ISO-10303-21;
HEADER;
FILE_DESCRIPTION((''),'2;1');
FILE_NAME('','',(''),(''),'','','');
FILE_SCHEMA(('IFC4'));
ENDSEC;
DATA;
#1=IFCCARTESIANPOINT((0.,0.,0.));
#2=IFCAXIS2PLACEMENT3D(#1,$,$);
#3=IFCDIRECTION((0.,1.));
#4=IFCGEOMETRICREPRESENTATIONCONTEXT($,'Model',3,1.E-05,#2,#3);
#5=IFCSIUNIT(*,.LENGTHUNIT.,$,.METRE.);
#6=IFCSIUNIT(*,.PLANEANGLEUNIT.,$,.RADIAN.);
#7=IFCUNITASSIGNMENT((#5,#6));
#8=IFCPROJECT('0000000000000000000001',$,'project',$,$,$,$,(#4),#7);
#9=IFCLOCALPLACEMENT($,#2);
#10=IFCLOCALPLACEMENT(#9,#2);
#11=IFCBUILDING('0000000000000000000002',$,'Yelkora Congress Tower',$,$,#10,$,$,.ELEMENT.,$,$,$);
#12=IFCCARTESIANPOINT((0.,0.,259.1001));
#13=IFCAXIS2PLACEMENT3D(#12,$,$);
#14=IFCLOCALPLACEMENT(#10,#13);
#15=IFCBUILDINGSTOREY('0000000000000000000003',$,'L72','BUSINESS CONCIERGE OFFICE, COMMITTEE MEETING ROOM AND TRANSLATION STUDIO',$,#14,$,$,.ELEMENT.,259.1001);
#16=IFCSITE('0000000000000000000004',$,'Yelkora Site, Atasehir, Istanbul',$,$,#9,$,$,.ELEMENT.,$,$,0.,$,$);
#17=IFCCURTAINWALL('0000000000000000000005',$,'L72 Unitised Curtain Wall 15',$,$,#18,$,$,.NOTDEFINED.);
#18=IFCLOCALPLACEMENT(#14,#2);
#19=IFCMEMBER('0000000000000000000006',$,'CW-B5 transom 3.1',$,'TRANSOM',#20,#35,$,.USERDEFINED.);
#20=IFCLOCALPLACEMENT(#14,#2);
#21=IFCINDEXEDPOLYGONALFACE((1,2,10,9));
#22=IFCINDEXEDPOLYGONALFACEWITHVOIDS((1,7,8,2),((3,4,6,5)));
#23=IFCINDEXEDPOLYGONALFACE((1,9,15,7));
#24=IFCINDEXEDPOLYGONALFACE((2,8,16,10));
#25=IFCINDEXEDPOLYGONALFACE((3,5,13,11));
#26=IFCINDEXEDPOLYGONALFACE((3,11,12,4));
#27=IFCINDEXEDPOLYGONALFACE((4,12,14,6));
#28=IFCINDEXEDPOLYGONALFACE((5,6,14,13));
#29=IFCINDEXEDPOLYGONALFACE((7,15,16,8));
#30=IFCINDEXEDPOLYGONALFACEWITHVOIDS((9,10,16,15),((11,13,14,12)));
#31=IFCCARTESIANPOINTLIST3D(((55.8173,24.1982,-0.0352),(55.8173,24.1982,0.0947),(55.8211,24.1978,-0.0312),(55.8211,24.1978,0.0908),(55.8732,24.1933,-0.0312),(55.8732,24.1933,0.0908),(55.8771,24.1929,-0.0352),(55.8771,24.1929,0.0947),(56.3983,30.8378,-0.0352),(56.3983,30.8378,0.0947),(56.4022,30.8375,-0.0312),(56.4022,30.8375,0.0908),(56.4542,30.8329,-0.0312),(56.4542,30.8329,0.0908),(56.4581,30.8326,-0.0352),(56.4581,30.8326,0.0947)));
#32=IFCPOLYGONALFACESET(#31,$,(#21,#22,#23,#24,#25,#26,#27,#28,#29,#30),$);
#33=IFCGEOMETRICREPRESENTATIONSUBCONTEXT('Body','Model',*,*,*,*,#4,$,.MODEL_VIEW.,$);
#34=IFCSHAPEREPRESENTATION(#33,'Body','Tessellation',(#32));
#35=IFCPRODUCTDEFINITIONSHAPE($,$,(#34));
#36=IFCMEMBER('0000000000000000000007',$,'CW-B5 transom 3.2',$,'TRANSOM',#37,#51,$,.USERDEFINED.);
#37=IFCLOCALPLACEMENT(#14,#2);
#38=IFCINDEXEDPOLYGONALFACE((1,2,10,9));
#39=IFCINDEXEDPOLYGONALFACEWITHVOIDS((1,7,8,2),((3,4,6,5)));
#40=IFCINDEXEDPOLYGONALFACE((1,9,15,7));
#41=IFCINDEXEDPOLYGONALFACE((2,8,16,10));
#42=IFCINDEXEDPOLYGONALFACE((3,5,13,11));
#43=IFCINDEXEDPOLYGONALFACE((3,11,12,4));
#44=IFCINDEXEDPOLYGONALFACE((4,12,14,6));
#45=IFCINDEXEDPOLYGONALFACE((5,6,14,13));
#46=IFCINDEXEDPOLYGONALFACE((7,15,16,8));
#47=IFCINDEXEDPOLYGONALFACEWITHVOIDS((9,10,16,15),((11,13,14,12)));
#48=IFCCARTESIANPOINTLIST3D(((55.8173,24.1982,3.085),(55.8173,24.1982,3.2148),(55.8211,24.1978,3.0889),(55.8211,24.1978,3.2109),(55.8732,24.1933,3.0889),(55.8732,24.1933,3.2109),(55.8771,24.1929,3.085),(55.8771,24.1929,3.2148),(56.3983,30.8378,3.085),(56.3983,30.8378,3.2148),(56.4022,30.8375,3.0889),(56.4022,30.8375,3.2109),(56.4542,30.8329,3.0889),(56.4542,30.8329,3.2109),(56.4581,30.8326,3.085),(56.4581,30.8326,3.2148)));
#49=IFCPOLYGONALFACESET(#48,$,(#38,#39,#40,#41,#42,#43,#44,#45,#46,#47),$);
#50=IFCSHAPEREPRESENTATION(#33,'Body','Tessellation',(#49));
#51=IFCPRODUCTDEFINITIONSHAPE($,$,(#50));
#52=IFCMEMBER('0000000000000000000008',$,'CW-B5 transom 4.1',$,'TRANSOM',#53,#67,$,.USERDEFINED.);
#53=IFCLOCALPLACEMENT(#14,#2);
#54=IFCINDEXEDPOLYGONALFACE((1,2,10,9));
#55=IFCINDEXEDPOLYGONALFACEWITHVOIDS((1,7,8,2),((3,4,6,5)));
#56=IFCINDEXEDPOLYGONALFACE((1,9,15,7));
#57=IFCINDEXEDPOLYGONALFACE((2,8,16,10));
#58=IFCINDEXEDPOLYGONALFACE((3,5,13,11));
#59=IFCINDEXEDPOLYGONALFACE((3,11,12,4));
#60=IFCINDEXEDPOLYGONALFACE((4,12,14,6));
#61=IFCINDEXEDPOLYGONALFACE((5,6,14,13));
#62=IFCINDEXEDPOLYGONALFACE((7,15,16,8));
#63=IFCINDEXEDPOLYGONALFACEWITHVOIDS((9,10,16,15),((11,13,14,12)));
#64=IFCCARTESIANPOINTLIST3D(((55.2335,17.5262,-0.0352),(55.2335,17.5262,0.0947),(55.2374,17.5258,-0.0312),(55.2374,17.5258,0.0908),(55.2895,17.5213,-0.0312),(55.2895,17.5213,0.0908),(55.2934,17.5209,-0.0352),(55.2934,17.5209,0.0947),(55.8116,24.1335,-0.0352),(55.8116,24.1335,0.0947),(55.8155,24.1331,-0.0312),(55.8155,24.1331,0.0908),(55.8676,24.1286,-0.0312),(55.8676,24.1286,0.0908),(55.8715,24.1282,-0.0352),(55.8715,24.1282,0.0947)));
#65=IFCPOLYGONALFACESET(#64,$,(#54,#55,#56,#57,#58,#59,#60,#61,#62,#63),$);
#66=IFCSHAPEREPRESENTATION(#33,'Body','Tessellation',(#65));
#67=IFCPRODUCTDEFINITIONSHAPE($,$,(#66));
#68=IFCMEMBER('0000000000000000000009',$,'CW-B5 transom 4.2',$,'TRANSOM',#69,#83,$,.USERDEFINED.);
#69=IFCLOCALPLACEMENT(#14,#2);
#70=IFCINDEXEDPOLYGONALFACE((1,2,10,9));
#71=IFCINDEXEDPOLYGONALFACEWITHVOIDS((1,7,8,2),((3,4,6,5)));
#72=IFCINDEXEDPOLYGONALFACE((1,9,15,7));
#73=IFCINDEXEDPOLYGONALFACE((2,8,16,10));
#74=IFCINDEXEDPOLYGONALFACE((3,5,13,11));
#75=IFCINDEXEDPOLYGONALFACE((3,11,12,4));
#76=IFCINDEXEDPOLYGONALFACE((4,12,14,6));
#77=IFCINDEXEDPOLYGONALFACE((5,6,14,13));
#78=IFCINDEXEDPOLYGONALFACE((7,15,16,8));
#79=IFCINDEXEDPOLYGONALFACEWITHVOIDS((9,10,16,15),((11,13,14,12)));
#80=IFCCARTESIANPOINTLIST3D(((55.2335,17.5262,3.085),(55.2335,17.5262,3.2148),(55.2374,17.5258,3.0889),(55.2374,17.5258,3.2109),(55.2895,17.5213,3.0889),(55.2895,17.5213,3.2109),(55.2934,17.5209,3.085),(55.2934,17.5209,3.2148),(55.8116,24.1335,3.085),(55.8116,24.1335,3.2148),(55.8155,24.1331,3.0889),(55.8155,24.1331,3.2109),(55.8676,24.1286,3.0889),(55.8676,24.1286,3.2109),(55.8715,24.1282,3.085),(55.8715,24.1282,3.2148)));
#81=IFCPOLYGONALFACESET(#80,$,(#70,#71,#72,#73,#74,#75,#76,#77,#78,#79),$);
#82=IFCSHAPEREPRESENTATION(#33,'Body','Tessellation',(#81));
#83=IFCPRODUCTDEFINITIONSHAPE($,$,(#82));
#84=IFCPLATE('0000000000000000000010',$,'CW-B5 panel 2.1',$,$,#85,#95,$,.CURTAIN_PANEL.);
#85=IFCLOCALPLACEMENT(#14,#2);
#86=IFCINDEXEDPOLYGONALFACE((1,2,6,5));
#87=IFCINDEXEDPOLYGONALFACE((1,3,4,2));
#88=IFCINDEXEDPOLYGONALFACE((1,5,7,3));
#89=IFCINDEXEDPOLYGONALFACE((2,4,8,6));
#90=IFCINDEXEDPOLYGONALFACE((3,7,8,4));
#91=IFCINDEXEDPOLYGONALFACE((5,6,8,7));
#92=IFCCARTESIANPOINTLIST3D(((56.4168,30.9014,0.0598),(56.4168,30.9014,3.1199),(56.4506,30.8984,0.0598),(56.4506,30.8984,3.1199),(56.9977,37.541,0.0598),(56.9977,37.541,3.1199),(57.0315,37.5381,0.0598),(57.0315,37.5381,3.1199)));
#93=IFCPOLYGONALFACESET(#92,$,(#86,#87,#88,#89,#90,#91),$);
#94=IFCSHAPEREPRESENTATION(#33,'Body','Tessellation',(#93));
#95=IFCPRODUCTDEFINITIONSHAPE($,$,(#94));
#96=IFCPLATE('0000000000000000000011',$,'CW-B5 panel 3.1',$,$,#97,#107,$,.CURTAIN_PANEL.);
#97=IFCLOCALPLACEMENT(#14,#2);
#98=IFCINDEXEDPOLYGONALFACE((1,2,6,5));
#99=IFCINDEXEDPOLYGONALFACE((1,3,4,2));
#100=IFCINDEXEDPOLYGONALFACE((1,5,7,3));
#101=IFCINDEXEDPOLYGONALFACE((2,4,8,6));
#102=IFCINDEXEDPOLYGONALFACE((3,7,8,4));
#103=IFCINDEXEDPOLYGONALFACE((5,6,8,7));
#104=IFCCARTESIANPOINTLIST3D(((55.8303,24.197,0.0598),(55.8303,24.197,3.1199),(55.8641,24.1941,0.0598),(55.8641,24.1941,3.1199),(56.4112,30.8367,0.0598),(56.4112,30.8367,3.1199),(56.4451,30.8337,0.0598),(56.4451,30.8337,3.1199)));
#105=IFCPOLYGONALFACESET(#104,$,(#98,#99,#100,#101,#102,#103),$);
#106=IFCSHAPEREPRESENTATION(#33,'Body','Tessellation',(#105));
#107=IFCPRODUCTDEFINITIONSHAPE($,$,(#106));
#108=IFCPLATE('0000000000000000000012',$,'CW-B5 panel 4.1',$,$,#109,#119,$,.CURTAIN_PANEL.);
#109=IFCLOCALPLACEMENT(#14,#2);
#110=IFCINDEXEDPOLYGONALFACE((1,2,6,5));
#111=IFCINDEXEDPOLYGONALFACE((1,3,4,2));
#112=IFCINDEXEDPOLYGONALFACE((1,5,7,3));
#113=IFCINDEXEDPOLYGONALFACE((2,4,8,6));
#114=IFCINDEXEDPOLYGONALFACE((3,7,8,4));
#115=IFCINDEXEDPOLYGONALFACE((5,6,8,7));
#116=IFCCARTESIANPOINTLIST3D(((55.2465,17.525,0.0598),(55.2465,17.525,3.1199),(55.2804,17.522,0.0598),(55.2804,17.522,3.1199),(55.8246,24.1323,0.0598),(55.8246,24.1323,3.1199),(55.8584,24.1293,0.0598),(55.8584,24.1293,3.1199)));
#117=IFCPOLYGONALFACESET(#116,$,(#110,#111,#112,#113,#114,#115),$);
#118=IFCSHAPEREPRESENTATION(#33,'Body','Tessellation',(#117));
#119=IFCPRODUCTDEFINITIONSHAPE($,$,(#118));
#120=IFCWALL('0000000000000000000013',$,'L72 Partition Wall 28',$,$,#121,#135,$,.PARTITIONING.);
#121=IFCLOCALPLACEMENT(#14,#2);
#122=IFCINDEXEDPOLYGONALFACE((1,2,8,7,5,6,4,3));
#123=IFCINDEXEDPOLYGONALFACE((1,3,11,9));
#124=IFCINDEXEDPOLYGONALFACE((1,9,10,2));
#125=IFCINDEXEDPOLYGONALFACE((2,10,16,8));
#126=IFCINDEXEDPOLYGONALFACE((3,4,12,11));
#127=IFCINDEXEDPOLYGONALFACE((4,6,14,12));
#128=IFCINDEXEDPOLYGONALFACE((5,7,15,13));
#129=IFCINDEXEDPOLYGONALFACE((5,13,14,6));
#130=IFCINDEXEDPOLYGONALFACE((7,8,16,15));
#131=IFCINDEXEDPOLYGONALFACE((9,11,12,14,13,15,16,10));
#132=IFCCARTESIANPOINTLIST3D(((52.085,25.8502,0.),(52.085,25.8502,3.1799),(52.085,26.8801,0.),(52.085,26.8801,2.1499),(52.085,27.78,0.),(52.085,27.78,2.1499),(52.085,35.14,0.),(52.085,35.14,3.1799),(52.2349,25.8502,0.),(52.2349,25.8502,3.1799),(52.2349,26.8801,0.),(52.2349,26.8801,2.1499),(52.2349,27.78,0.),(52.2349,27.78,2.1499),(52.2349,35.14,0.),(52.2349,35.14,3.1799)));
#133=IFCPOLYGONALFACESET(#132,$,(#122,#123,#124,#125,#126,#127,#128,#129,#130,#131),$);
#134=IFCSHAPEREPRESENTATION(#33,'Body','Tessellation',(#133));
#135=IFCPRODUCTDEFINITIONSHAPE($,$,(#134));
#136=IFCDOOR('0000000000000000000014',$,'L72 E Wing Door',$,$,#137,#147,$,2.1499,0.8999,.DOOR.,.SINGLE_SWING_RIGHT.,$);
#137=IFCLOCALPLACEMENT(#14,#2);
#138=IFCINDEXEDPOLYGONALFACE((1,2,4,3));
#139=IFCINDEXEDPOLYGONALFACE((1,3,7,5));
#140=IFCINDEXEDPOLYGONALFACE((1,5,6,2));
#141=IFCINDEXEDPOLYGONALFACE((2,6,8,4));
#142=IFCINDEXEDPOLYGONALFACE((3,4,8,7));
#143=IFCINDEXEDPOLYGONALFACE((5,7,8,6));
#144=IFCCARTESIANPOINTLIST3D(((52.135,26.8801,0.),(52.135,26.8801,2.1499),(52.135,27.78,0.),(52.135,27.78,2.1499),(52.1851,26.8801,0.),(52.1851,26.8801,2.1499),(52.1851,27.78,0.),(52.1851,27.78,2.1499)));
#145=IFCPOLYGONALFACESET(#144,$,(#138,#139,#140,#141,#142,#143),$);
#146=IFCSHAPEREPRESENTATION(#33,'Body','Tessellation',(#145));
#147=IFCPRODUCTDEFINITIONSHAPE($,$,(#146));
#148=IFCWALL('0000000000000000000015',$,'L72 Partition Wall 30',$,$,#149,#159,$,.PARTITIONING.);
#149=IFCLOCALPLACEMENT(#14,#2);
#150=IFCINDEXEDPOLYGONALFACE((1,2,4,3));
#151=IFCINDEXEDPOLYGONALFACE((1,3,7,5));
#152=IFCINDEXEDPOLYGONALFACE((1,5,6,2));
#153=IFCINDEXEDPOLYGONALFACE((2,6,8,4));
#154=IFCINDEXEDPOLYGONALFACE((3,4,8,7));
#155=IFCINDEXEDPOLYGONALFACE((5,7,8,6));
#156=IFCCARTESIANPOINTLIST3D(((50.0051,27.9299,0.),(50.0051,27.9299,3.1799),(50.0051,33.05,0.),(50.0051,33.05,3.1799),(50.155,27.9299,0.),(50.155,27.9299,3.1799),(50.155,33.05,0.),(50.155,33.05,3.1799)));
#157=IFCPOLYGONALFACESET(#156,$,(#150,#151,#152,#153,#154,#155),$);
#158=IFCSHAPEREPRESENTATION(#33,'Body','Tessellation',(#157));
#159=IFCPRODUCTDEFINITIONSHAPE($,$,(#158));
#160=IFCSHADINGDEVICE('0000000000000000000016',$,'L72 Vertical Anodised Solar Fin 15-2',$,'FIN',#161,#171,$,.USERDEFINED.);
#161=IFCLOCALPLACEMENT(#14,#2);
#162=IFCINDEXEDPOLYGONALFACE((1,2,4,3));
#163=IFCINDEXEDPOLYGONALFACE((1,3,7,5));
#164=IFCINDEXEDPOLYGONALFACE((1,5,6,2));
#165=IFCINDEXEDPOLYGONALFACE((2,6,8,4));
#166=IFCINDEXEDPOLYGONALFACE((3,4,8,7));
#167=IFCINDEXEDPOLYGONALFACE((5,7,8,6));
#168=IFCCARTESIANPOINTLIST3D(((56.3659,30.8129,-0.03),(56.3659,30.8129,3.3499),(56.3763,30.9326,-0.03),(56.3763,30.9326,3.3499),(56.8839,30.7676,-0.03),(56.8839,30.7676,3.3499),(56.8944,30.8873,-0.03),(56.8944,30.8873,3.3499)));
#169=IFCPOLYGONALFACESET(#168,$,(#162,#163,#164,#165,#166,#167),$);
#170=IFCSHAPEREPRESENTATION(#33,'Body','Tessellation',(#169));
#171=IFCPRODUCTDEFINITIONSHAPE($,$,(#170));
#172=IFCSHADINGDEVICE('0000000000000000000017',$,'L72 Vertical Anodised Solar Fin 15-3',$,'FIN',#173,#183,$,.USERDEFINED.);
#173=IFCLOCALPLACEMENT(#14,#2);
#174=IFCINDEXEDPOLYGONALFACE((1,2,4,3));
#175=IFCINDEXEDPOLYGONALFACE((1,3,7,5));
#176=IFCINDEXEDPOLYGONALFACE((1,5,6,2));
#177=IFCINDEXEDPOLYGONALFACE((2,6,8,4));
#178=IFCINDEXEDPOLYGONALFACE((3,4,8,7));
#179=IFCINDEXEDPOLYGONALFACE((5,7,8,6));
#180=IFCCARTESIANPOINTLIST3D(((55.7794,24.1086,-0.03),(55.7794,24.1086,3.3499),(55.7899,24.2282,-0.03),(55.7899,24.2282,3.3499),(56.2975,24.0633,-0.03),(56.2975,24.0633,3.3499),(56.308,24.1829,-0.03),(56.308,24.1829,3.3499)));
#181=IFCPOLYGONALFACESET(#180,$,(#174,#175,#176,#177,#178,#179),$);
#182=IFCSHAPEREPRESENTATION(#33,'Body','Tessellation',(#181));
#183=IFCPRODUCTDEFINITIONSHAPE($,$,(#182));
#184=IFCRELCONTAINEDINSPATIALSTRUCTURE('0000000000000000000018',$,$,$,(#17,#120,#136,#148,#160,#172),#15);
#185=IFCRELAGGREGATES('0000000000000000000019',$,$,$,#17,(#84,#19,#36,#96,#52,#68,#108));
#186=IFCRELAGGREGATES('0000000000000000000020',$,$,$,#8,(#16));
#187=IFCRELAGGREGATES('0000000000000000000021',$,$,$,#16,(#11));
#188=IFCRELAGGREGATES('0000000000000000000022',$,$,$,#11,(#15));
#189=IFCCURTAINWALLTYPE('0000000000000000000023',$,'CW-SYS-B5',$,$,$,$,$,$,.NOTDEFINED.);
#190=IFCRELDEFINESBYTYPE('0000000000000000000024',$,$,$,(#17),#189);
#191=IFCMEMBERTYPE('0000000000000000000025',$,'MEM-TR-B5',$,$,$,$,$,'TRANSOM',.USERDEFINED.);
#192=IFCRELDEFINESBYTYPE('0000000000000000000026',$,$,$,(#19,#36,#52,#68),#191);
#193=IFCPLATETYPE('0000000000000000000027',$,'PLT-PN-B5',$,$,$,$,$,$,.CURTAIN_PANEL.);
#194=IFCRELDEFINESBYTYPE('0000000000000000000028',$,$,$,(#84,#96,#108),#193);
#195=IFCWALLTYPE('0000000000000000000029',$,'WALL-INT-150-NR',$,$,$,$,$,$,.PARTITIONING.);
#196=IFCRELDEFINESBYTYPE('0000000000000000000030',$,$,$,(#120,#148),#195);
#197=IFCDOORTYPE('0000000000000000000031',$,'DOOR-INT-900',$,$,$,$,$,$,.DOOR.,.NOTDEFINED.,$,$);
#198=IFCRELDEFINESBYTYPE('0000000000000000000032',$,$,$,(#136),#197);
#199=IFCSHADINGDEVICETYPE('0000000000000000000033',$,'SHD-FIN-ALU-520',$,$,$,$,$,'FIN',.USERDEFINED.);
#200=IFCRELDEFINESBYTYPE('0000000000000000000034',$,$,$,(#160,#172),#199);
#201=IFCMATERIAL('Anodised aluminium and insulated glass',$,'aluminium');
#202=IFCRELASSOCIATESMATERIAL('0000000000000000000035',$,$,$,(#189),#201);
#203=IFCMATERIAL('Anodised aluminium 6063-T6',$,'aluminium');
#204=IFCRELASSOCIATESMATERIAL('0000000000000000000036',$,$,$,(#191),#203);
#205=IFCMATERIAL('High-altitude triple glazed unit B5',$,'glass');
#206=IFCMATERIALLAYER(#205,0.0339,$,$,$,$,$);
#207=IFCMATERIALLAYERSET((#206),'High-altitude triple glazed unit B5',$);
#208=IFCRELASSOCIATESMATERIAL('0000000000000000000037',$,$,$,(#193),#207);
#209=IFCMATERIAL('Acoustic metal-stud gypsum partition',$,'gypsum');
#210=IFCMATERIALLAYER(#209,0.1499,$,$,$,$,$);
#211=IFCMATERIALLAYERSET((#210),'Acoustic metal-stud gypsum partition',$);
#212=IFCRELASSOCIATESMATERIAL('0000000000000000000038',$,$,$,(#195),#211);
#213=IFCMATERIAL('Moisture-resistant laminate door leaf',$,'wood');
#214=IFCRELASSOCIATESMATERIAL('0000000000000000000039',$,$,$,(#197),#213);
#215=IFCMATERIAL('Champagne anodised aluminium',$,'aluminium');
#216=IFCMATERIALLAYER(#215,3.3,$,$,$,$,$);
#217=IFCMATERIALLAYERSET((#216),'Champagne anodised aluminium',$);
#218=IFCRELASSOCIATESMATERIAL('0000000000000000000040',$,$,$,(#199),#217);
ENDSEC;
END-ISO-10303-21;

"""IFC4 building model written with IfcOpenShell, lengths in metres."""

from ifc_helpers import new_model, si_unit, direction, frame, frame_2d, origin, origin_2d, place, context, subcontext, project, spatial, rectangle, hollow_rectangle, extrude, material, layer, layer_set, material_profile, profile_set, type_object, element, fill, aggregate, save


model = new_model("IFC4")

# Units and contexts
model_context = context("Model", 3, precision=1e-05, world=origin(), true_north=direction((0.0, 1.0)))
body_context = subcontext(model_context, "Body", "Model", "MODEL_VIEW")
ifc_project = project(units=[si_unit("LENGTHUNIT", "METRE"), si_unit("PLANEANGLEUNIT", "RADIAN")], contexts=[model_context])

# Site, building, storey
site_placement = place(None, origin())
site = spatial("IfcSite", under=ifc_project, at=site_placement, Name="Yelkora Site, Atasehir, Istanbul", CompositionType="ELEMENT", RefElevation=0.0)
building_placement = place(site_placement, origin())
building = spatial("IfcBuilding", under=site, at=building_placement, Name="Yelkora Congress Tower", CompositionType="ELEMENT")
storey_placement = place(building_placement, frame((0.0, 0.0, 259.1001)))
storey = spatial("IfcBuildingStorey", under=building, at=storey_placement, Name="L72", Description="BUSINESS CONCIERGE OFFICE, COMMITTEE MEETING ROOM AND TRANSLATION STUDIO", CompositionType="ELEMENT", Elevation=259.1001)

# Curtain wall, members, plates
ifc_material_1 = material(Name="Anodised aluminium and insulated glass", Category="aluminium")
curtain_wall_type = type_object("IfcCurtainWallType", Name="CW-SYS-B5", PredefinedType="NOTDEFINED", material=ifc_material_1)
curtain_wall_placement = place(storey_placement, origin())
curtain_wall = element("IfcCurtainWall", 1, at=curtain_wall_placement, inside=storey, type_object=curtain_wall_type, Name="L72 Unitised Curtain Wall 15", PredefinedType="NOTDEFINED")
ifc_material_2 = material(Name="Anodised aluminium 6063-T6", Category="aluminium")
ifc_material_profile_1 = material_profile(ifc_material_2, hollow_rectangle(XDim=0.0601, YDim=0.1299, WallThickness=0.0039, at=origin_2d()), Name="ALU 60x130x4")
ifc_profile_set_1 = profile_set([ifc_material_profile_1], Name="Anodised aluminium 6063-T6")
member_type_1 = type_object("IfcMemberType", Name="MEM-TR-B5", ElementType="TRANSOM", PredefinedType="USERDEFINED", material=ifc_profile_set_1)
member_1_placement = place(storey_placement, frame((56.4282, 30.8352, 0.0298), z_axis=(-0.08718, -0.996193, 0.0), x_axis=(0.996193, -0.08718, 0.0)))
member_1 = element("IfcMember", 2, at=member_1_placement, type_object=member_type_1, Name="CW-B5 transom 3.1", ObjectType="TRANSOM", PredefinedType="USERDEFINED", context=body_context, shape_type="SweptSolid", body=[
    extrude(hollow_rectangle(XDim=0.0601, YDim=0.1299, WallThickness=0.0039, at=origin_2d()), origin(), (0.0, 0.0, 1.0), 6.665),
])
member_2_placement = place(storey_placement, frame((56.4282, 30.8352, 3.1499), z_axis=(-0.08718, -0.996193, 0.0), x_axis=(0.996193, -0.08718, 0.0)))
member_2 = element("IfcMember", 3, at=member_2_placement, type_object=member_type_1, Name="CW-B5 transom 3.2", ObjectType="TRANSOM", PredefinedType="USERDEFINED", context=body_context, shape_type="SweptSolid", body=[
    extrude(hollow_rectangle(XDim=0.0601, YDim=0.1299, WallThickness=0.0039, at=origin_2d()), origin(), (0.0, 0.0, 1.0), 6.665),
])
member_3_placement = place(storey_placement, frame((55.8416, 24.1309, 0.0298), z_axis=(-0.087163, -0.996194, 0.0), x_axis=(0.996194, -0.087163, 0.0)))
member_3 = element("IfcMember", 4, at=member_3_placement, type_object=member_type_1, Name="CW-B5 transom 4.1", ObjectType="TRANSOM", PredefinedType="USERDEFINED", context=body_context, shape_type="SweptSolid", body=[
    extrude(hollow_rectangle(XDim=0.0601, YDim=0.1299, WallThickness=0.0039, at=origin_2d()), origin(), (0.0, 0.0, 1.0), 6.6326),
])
member_4_placement = place(storey_placement, frame((55.8416, 24.1309, 3.1499), z_axis=(-0.087163, -0.996194, 0.0), x_axis=(0.996194, -0.087163, 0.0)))
member_4 = element("IfcMember", 5, at=member_4_placement, type_object=member_type_1, Name="CW-B5 transom 4.2", ObjectType="TRANSOM", PredefinedType="USERDEFINED", context=body_context, shape_type="SweptSolid", body=[
    extrude(hollow_rectangle(XDim=0.0601, YDim=0.1299, WallThickness=0.0039, at=origin_2d()), origin(), (0.0, 0.0, 1.0), 6.6326),
])
ifc_material_3 = material(Name="High-altitude triple glazed unit B5", Category="glass")
ifc_layer_1 = layer(ifc_material_3, 0.0339)
ifc_layer_set_1 = layer_set([ifc_layer_1], Name="High-altitude triple glazed unit B5")
plate_type = type_object("IfcPlateType", Name="PLT-PN-B5", PredefinedType="CURTAIN_PANEL", material=ifc_layer_set_1)
plate_1_placement = place(storey_placement, frame((56.7241, 34.2197, 0.0598), z_axis=(0.0, 0.0, 1.0), x_axis=(-0.087158, -0.996194, 0.0)))
plate_1 = element("IfcPlate", 6, at=plate_1_placement, type_object=plate_type, Name="CW-B5 panel 2.1", PredefinedType="CURTAIN_PANEL", context=body_context, shape_type="SweptSolid", body=[
    extrude(rectangle(XDim=6.665, YDim=0.0339, at=origin_2d()), origin(), (0.0, 0.0, 1.0), 3.0601),
])
plate_2_placement = place(storey_placement, frame((56.1377, 27.5154, 0.0598), z_axis=(0.0, 0.0, 1.0), x_axis=(-0.087158, -0.996194, 0.0)))
plate_2 = element("IfcPlate", 7, at=plate_2_placement, type_object=plate_type, Name="CW-B5 panel 3.1", PredefinedType="CURTAIN_PANEL", context=body_context, shape_type="SweptSolid", body=[
    extrude(rectangle(XDim=6.665, YDim=0.0339, at=origin_2d()), origin(), (0.0, 0.0, 1.0), 3.0601),
])
plate_3_placement = place(storey_placement, frame((55.5525, 20.8271, 0.0598), z_axis=(0.0, 0.0, 1.0), x_axis=(-0.087158, -0.996194, 0.0)))
plate_3 = element("IfcPlate", 8, at=plate_3_placement, type_object=plate_type, Name="CW-B5 panel 4.1", PredefinedType="CURTAIN_PANEL", context=body_context, shape_type="SweptSolid", body=[
    extrude(rectangle(XDim=6.6326, YDim=0.0339, at=origin_2d()), origin(), (0.0, 0.0, 1.0), 3.0601),
])
aggregate(curtain_wall, [plate_1, member_1, member_2, plate_2, member_3, member_4, plate_3])

# Wall, opening, door
ifc_material_4 = material(Name="Acoustic metal-stud gypsum partition", Category="gypsum")
ifc_layer_2 = layer(ifc_material_4, 0.1499)
ifc_layer_set_2 = layer_set([ifc_layer_2], Name="Acoustic metal-stud gypsum partition")
wall_type = type_object("IfcWallType", Name="WALL-INT-150-NR", PredefinedType="PARTITIONING", material=ifc_layer_set_2)
wall_1_placement = place(storey_placement, frame((52.1599, 25.8501, 0.0), z_axis=(0.0, 0.0, 1.0), x_axis=(0.0, 1.0, 0.0)))
wall_1 = element("IfcWall", 9, at=wall_1_placement, inside=storey, type_object=wall_type, Name="L72 Partition Wall 28", PredefinedType="PARTITIONING", context=body_context, shape_type="SweptSolid", body=[
    extrude(rectangle(XDim=9.2898, YDim=0.1499, at=frame_2d((4.645, 0.0))), origin(), (0.0, 0.0, 1.0), 3.1799),
])
opening_placement = place(wall_1_placement, frame((1.03, 0.0, 0.0)))
opening = element("IfcOpeningElement", 10, at=opening_placement, cuts=wall_1, PredefinedType="OPENING", context=body_context, shape_type="SweptSolid", body=[
    extrude(rectangle(XDim=0.8999, YDim=2.1499, at=frame_2d((0.45, 1.075))), frame((0.0, 0.085, 0.0), z_axis=(0.0, -1.0, 0.0), x_axis=(1.0, 0.0, 0.0)), (0.0, 0.0, 1.0), 0.1699),
])
ifc_material_5 = material(Name="Moisture-resistant laminate door leaf", Category="wood")
door_type = type_object("IfcDoorType", Name="DOOR-INT-900", OperationType="NOTDEFINED", PredefinedType="DOOR", material=ifc_material_5)
door_placement = place(opening_placement, origin())
door = element("IfcDoor", 11, at=door_placement, inside=storey, type_object=door_type, Name="L72 E Wing Door", OperationType="SINGLE_SWING_RIGHT", OverallHeight=2.1499, OverallWidth=0.8999, PredefinedType="DOOR", context=body_context, shape_type="SweptSolid", body=[
    extrude(rectangle(XDim=0.8999, YDim=2.1499, at=frame_2d((0.45, 1.075))), frame((0.0, 0.0249, 0.0), z_axis=(0.0, -1.0, 0.0), x_axis=(1.0, 0.0, 0.0)), (0.0, 0.0, 1.0), 0.05),
])
fill(opening, door)

# Wall
wall_2_placement = place(storey_placement, frame((50.0801, 27.9299, 0.0), z_axis=(0.0, 0.0, 1.0), x_axis=(0.0, 1.0, 0.0)))
element("IfcWall", 12, at=wall_2_placement, inside=storey, type_object=wall_type, Name="L72 Partition Wall 30", PredefinedType="PARTITIONING", context=body_context, shape_type="SweptSolid", body=[
    extrude(rectangle(XDim=5.1201, YDim=0.1499, at=frame_2d((2.5601, 0.0))), origin(), (0.0, 0.0, 1.0), 3.1799),
])

# Shading devices
ifc_material_6 = material(Name="Champagne anodised aluminium", Category="aluminium")
ifc_layer_3 = layer(ifc_material_6, 3.3)
ifc_layer_set_3 = layer_set([ifc_layer_3], Name="Champagne anodised aluminium")
shading_device_type = type_object("IfcShadingDeviceType", Name="SHD-FIN-ALU-520", ElementType="FIN", PredefinedType="USERDEFINED", material=ifc_layer_set_3)
for number, where, z_axis, x_axis, name in (
    (13, (56.6301, 30.8501, -0.03), (0.0, 0.0, 1.0), (-0.087156, -0.996195, 0.0), "L72 Vertical Anodised Solar Fin 15-2"),
    (14, (56.0437, 24.1458, -0.03), (0.0, 0.0, 1.0), (-0.087156, -0.996195, 0.0), "L72 Vertical Anodised Solar Fin 15-3"),
):
    element("IfcShadingDevice", number, at=place(storey_placement, frame(where, z_axis=z_axis, x_axis=x_axis)), inside=storey, type_object=shading_device_type, Name=name, ObjectType="FIN", PredefinedType="USERDEFINED", context=body_context, shape_type="SweptSolid", body=[
        extrude(rectangle(XDim=0.1201, YDim=0.52, at=origin_2d()), origin(), (0.0, 0.0, 1.0), 3.3799),
    ])

save(model, "model.ifc")
